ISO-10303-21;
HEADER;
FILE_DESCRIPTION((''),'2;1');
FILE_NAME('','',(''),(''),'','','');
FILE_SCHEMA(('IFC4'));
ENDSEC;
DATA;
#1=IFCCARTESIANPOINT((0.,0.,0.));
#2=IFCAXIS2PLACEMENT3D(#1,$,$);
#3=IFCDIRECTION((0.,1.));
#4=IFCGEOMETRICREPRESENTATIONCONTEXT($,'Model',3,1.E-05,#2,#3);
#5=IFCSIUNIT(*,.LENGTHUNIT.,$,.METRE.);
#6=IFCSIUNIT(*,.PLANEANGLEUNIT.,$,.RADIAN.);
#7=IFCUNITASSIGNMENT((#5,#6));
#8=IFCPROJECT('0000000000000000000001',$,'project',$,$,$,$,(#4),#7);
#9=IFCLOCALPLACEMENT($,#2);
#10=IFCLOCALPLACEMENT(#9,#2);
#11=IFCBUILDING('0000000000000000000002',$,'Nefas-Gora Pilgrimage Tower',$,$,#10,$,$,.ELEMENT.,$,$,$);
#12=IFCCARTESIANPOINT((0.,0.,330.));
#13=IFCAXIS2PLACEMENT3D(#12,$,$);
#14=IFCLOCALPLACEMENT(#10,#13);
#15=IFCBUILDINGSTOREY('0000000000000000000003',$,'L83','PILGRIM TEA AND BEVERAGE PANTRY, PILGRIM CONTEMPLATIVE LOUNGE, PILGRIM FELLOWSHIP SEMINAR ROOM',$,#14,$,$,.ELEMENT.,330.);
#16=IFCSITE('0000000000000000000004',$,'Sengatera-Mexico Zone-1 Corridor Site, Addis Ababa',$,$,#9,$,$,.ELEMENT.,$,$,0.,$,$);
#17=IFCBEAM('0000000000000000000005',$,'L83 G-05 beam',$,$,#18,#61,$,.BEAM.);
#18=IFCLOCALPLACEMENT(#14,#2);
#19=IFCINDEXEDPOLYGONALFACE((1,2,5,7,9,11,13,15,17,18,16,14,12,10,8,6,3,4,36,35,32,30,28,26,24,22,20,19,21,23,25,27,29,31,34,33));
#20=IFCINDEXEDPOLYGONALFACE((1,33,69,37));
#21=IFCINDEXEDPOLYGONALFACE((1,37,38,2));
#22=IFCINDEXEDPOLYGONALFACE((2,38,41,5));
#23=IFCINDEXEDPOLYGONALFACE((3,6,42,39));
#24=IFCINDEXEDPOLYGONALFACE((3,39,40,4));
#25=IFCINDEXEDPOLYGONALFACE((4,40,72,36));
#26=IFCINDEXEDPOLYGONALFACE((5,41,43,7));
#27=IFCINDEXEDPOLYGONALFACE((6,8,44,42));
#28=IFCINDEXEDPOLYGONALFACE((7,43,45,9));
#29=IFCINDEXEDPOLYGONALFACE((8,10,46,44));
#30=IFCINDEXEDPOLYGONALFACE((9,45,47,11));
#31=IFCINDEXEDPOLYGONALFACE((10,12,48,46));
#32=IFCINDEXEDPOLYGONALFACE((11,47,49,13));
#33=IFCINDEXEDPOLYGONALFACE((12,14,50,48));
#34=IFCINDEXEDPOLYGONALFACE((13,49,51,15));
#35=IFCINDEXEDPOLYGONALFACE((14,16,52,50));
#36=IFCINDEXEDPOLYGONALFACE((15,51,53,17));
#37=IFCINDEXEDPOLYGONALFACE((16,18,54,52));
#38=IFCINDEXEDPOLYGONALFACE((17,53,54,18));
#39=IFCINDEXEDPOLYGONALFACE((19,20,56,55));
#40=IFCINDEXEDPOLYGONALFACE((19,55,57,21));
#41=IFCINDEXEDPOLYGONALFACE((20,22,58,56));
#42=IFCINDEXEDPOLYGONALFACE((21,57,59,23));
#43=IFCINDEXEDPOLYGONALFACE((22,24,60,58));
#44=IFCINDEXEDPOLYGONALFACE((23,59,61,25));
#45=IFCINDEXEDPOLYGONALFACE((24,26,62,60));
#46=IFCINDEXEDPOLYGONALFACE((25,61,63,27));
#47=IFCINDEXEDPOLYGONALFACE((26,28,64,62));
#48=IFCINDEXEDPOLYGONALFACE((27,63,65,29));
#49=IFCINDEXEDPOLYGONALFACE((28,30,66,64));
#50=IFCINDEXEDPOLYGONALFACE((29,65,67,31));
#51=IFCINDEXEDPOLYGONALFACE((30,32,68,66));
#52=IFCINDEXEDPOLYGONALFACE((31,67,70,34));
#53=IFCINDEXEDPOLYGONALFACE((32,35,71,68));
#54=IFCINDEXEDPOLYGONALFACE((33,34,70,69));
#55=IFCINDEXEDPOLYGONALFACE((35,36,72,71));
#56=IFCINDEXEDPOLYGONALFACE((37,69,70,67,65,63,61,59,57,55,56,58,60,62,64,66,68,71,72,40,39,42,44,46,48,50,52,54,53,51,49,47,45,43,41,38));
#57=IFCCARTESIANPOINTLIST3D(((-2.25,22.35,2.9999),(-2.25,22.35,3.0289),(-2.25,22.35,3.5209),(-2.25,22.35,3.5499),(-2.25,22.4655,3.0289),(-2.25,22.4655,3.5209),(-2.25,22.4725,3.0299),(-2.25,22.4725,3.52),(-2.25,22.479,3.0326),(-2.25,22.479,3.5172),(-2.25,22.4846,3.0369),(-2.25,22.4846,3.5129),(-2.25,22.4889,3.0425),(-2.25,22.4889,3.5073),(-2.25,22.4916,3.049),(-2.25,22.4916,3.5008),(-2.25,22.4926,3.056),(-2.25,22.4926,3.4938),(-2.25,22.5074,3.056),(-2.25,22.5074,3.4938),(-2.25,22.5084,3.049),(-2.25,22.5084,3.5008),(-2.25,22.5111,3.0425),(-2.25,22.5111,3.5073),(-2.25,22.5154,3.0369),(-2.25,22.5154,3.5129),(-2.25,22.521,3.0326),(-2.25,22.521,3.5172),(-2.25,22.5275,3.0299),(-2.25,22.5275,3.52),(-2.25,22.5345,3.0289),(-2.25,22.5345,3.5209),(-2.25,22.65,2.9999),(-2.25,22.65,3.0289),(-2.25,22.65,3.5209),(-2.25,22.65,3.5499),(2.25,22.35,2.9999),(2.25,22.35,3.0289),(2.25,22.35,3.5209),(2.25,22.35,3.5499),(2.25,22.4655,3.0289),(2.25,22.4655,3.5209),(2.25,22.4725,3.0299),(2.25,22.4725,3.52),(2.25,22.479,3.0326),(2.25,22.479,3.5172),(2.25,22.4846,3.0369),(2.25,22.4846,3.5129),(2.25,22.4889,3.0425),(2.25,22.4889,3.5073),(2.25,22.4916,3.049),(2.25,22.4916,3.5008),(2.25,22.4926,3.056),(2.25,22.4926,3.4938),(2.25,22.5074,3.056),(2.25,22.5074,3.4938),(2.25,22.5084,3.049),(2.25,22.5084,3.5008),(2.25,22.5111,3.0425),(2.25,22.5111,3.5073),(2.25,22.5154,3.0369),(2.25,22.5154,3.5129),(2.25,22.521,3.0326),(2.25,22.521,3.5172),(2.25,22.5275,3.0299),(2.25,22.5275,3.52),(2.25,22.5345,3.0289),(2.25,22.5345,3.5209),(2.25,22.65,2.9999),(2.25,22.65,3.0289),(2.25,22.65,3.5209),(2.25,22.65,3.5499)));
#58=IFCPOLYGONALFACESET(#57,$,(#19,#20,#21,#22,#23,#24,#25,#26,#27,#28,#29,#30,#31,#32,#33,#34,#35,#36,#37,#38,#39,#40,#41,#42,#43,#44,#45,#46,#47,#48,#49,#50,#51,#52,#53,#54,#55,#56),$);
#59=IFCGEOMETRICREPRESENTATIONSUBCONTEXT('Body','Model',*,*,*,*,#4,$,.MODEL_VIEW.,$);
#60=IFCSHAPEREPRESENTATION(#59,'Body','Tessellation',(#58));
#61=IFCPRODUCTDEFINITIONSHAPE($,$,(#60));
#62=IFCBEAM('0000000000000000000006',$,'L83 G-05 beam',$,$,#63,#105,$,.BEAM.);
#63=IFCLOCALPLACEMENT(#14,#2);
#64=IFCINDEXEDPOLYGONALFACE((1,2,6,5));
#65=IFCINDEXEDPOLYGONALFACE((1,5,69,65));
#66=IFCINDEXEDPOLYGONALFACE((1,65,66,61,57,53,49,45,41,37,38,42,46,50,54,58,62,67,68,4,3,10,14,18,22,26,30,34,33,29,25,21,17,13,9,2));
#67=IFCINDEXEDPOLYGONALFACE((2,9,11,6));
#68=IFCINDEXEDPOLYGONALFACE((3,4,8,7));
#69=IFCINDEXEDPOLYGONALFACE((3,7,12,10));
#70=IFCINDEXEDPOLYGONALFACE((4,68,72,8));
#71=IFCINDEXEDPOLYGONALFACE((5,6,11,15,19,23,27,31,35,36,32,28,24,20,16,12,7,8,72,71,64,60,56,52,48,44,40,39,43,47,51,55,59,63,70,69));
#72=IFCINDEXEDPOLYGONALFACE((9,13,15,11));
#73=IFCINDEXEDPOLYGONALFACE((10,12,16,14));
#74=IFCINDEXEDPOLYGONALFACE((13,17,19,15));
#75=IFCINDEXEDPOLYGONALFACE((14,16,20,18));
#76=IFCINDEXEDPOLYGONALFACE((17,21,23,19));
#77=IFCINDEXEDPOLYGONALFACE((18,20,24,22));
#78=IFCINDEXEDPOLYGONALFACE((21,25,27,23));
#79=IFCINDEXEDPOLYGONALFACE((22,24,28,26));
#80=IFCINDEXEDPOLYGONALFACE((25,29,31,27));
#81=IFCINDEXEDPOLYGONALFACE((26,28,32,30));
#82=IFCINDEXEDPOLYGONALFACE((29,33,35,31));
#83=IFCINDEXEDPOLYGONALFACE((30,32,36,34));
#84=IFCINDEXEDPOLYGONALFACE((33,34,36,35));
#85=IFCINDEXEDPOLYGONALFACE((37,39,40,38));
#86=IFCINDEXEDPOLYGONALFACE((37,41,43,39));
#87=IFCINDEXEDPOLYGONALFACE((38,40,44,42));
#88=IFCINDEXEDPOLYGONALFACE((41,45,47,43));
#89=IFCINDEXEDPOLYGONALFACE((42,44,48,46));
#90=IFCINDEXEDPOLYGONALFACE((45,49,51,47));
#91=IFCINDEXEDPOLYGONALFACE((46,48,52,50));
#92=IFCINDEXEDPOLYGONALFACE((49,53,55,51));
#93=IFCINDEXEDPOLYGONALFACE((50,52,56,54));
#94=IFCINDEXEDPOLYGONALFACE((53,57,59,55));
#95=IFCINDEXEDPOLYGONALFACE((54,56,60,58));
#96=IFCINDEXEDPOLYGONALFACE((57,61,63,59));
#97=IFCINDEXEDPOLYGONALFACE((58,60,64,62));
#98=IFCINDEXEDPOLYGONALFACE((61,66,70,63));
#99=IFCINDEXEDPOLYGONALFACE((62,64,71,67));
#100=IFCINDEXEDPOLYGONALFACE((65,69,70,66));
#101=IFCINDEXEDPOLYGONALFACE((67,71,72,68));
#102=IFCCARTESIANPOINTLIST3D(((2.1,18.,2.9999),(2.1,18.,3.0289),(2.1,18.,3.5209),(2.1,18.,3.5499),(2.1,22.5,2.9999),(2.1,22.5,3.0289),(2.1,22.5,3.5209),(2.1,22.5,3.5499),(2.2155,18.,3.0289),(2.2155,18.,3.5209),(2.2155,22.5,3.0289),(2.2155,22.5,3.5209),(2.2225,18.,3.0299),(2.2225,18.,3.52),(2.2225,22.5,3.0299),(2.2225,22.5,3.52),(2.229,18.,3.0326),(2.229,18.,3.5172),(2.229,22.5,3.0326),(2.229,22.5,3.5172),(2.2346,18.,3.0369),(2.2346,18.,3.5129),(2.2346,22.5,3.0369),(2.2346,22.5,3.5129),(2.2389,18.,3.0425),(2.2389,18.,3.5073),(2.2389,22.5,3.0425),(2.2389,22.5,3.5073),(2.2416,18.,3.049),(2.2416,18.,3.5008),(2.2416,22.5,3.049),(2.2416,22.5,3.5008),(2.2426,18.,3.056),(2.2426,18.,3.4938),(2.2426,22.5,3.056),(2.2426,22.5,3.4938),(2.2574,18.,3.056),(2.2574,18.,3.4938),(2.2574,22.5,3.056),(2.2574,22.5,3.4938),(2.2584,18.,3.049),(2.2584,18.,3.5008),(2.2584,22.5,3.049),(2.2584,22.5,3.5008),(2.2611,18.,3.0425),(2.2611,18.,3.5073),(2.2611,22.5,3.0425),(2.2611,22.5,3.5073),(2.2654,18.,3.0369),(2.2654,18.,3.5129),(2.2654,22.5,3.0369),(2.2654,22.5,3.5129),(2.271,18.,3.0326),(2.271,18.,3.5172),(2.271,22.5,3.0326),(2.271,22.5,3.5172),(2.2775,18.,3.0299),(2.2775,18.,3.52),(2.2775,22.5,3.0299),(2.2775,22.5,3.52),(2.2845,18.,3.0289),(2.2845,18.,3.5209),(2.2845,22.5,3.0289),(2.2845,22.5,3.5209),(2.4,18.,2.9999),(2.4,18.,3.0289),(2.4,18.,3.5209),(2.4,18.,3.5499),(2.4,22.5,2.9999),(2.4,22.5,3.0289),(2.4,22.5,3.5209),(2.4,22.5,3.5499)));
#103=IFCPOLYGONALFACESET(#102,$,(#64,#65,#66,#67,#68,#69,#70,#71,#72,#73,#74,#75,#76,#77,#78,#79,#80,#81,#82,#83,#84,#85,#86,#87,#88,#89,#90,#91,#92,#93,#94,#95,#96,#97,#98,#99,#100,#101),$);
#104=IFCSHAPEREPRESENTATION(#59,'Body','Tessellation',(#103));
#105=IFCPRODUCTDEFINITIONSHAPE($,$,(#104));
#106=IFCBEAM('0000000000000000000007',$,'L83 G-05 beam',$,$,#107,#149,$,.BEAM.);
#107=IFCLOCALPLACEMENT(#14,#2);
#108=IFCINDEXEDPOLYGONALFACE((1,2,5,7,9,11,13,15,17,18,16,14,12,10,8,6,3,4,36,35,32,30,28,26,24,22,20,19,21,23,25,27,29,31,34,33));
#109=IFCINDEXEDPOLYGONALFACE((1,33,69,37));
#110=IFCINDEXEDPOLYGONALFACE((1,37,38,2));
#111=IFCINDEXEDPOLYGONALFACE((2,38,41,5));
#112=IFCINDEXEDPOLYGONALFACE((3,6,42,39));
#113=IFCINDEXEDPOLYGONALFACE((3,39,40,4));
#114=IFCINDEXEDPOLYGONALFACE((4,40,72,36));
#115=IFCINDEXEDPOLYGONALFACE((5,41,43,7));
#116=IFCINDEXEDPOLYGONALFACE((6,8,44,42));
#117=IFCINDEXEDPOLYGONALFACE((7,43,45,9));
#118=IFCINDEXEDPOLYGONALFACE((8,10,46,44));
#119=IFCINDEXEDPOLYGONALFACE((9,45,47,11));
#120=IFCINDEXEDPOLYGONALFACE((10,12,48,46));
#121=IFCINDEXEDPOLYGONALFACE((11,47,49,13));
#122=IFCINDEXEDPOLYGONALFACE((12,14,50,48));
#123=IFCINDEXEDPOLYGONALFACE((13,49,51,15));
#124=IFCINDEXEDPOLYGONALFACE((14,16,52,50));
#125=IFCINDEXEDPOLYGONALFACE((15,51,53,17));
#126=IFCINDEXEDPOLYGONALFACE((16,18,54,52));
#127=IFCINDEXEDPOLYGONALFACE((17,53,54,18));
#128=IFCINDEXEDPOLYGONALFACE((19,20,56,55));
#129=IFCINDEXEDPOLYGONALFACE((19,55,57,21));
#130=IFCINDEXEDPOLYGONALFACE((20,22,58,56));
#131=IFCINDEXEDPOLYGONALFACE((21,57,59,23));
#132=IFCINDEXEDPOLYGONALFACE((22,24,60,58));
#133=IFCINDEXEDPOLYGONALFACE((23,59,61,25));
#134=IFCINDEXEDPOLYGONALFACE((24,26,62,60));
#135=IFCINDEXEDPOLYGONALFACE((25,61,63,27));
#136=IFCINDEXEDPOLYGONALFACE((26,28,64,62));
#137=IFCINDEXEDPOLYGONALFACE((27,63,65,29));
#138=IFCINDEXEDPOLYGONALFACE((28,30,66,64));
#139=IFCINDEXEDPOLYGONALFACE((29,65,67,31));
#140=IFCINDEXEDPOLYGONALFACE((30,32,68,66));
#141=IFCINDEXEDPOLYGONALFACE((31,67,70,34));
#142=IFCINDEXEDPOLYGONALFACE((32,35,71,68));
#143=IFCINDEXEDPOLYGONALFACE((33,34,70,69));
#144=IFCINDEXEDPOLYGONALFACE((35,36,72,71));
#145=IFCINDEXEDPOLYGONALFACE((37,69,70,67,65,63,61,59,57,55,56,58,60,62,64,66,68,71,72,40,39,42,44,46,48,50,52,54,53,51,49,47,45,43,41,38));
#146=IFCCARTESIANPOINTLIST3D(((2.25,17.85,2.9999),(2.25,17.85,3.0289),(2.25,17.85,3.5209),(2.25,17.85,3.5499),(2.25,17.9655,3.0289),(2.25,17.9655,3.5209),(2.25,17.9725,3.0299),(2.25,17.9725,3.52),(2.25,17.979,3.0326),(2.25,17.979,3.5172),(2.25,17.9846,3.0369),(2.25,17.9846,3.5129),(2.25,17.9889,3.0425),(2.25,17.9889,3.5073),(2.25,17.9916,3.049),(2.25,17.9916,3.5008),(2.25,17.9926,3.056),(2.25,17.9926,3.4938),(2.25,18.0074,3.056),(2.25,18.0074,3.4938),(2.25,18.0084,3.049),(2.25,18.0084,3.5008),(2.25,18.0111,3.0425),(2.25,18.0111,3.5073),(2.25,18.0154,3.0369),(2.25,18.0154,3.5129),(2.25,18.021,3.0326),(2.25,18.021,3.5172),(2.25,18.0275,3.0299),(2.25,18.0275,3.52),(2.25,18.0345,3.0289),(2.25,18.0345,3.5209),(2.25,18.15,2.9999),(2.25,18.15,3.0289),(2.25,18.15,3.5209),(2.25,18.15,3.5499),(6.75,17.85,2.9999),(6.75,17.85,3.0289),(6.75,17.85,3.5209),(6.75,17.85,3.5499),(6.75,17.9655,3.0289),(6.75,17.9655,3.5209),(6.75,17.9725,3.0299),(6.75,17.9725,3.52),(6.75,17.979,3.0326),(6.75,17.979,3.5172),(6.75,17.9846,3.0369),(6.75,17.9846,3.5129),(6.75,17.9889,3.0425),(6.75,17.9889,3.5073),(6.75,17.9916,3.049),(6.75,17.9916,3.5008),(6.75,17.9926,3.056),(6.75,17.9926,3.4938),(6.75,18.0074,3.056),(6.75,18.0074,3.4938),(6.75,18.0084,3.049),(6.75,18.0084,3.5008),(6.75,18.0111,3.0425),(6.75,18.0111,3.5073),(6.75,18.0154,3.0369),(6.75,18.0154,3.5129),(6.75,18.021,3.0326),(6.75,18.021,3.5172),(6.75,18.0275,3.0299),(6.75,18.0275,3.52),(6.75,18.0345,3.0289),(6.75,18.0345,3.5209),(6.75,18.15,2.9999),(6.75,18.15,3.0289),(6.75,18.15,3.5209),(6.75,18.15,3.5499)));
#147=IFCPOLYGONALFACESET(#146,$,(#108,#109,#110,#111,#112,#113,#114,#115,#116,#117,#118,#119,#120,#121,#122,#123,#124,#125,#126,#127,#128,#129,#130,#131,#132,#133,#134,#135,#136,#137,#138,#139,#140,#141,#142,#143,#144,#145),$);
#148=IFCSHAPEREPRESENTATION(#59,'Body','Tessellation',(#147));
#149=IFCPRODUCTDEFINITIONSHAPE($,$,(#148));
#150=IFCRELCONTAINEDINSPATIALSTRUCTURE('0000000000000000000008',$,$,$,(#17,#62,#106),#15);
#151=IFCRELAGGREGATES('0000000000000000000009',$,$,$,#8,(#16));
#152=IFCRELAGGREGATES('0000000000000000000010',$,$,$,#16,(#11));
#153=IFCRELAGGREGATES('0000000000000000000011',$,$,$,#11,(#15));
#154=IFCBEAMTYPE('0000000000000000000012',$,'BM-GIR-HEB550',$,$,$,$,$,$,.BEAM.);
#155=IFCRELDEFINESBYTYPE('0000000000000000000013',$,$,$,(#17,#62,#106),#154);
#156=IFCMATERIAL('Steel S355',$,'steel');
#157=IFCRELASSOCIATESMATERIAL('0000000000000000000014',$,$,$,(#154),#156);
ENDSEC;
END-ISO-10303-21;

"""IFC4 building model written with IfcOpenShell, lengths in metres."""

from ifc_helpers import new_model, si_unit, direction, frame, origin, origin_2d, place, context, subcontext, project, spatial, i_section, extrude, source, transform, mapped, material, material_profile, profile_set, type_object, element, save


model = new_model("IFC4")

# Units and contexts
model_context = context("Model", 3, precision=1e-05, world=origin(), true_north=direction((0.0, 1.0)))
body_context = subcontext(model_context, "Body", "Model", "MODEL_VIEW")
ifc_project = project(units=[si_unit("LENGTHUNIT", "METRE"), si_unit("PLANEANGLEUNIT", "RADIAN")], contexts=[model_context])

# Site, building, storey
site_placement = place(None, origin())
site = spatial("IfcSite", under=ifc_project, at=site_placement, Name="Sengatera-Mexico Zone-1 Corridor Site, Addis Ababa", CompositionType="ELEMENT", RefElevation=0.0)
building_placement = place(site_placement, origin())
building = spatial("IfcBuilding", under=site, at=building_placement, Name="Nefas-Gora Pilgrimage Tower", CompositionType="ELEMENT")
storey_placement = place(building_placement, frame((0.0, 0.0, 330.0)))
storey = spatial("IfcBuildingStorey", under=building, at=storey_placement, Name="L83", Description="PILGRIM TEA AND BEVERAGE PANTRY, PILGRIM CONTEMPLATIVE LOUNGE, PILGRIM FELLOWSHIP SEMINAR ROOM", CompositionType="ELEMENT", Elevation=330.0)

# Shared definitions
ifc_material_1 = material(Name="Steel S355", Category="steel")

# Beams
ifc_material_profile_1 = material_profile(ifc_material_1, i_section(OverallWidth=0.3, OverallDepth=0.55, WebThickness=0.0149, FlangeThickness=0.0291, FilletRadius=0.0271, at=origin_2d()), Name="HEB 550")
ifc_profile_set_1 = profile_set([ifc_material_profile_1], Name="Steel S355")
beam_type = type_object("IfcBeamType", Name="BM-GIR-HEB550", PredefinedType="BEAM", material=ifc_profile_set_1)
shared_shape_1 = source(origin(), body_context, "Body", "SweptSolid", [
    extrude(i_section(OverallWidth=0.3, OverallDepth=0.55, WebThickness=0.0149, FlangeThickness=0.0291, FilletRadius=0.0271, at=origin_2d()), origin(), (0.0, 0.0, 1.0), 4.5),
])
for number, where, z_axis, x_axis, name in (
    (1, (-2.25, 22.5, 3.2749), (1.0, 0.0, 0.0), (0.0, 1.0, 0.0), "L83 G-05 beam"),
    (2, (2.25, 18.0, 3.2749), (0.0, 1.0, 0.0), (-1.0, 0.0, 0.0), "L83 G-05 beam"),
    (3, (2.25, 18.0, 3.2749), (1.0, 0.0, 0.0), (0.0, 1.0, 0.0), "L83 G-05 beam"),
):
    element("IfcBeam", number, at=place(storey_placement, frame(where, z_axis=z_axis, x_axis=x_axis)), inside=storey, type_object=beam_type, Name=name, PredefinedType="BEAM", context=body_context, shape_type="MappedRepresentation", body=[
        mapped(shared_shape_1, transform((0.0, 0.0, 0.0), x_axis=(1.0, 0.0, 0.0), y_axis=(0.0, 1.0, 0.0), z_axis=(0.0, 0.0, 1.0), scale=1.0)),
    ])

save(model, "model.ifc")
